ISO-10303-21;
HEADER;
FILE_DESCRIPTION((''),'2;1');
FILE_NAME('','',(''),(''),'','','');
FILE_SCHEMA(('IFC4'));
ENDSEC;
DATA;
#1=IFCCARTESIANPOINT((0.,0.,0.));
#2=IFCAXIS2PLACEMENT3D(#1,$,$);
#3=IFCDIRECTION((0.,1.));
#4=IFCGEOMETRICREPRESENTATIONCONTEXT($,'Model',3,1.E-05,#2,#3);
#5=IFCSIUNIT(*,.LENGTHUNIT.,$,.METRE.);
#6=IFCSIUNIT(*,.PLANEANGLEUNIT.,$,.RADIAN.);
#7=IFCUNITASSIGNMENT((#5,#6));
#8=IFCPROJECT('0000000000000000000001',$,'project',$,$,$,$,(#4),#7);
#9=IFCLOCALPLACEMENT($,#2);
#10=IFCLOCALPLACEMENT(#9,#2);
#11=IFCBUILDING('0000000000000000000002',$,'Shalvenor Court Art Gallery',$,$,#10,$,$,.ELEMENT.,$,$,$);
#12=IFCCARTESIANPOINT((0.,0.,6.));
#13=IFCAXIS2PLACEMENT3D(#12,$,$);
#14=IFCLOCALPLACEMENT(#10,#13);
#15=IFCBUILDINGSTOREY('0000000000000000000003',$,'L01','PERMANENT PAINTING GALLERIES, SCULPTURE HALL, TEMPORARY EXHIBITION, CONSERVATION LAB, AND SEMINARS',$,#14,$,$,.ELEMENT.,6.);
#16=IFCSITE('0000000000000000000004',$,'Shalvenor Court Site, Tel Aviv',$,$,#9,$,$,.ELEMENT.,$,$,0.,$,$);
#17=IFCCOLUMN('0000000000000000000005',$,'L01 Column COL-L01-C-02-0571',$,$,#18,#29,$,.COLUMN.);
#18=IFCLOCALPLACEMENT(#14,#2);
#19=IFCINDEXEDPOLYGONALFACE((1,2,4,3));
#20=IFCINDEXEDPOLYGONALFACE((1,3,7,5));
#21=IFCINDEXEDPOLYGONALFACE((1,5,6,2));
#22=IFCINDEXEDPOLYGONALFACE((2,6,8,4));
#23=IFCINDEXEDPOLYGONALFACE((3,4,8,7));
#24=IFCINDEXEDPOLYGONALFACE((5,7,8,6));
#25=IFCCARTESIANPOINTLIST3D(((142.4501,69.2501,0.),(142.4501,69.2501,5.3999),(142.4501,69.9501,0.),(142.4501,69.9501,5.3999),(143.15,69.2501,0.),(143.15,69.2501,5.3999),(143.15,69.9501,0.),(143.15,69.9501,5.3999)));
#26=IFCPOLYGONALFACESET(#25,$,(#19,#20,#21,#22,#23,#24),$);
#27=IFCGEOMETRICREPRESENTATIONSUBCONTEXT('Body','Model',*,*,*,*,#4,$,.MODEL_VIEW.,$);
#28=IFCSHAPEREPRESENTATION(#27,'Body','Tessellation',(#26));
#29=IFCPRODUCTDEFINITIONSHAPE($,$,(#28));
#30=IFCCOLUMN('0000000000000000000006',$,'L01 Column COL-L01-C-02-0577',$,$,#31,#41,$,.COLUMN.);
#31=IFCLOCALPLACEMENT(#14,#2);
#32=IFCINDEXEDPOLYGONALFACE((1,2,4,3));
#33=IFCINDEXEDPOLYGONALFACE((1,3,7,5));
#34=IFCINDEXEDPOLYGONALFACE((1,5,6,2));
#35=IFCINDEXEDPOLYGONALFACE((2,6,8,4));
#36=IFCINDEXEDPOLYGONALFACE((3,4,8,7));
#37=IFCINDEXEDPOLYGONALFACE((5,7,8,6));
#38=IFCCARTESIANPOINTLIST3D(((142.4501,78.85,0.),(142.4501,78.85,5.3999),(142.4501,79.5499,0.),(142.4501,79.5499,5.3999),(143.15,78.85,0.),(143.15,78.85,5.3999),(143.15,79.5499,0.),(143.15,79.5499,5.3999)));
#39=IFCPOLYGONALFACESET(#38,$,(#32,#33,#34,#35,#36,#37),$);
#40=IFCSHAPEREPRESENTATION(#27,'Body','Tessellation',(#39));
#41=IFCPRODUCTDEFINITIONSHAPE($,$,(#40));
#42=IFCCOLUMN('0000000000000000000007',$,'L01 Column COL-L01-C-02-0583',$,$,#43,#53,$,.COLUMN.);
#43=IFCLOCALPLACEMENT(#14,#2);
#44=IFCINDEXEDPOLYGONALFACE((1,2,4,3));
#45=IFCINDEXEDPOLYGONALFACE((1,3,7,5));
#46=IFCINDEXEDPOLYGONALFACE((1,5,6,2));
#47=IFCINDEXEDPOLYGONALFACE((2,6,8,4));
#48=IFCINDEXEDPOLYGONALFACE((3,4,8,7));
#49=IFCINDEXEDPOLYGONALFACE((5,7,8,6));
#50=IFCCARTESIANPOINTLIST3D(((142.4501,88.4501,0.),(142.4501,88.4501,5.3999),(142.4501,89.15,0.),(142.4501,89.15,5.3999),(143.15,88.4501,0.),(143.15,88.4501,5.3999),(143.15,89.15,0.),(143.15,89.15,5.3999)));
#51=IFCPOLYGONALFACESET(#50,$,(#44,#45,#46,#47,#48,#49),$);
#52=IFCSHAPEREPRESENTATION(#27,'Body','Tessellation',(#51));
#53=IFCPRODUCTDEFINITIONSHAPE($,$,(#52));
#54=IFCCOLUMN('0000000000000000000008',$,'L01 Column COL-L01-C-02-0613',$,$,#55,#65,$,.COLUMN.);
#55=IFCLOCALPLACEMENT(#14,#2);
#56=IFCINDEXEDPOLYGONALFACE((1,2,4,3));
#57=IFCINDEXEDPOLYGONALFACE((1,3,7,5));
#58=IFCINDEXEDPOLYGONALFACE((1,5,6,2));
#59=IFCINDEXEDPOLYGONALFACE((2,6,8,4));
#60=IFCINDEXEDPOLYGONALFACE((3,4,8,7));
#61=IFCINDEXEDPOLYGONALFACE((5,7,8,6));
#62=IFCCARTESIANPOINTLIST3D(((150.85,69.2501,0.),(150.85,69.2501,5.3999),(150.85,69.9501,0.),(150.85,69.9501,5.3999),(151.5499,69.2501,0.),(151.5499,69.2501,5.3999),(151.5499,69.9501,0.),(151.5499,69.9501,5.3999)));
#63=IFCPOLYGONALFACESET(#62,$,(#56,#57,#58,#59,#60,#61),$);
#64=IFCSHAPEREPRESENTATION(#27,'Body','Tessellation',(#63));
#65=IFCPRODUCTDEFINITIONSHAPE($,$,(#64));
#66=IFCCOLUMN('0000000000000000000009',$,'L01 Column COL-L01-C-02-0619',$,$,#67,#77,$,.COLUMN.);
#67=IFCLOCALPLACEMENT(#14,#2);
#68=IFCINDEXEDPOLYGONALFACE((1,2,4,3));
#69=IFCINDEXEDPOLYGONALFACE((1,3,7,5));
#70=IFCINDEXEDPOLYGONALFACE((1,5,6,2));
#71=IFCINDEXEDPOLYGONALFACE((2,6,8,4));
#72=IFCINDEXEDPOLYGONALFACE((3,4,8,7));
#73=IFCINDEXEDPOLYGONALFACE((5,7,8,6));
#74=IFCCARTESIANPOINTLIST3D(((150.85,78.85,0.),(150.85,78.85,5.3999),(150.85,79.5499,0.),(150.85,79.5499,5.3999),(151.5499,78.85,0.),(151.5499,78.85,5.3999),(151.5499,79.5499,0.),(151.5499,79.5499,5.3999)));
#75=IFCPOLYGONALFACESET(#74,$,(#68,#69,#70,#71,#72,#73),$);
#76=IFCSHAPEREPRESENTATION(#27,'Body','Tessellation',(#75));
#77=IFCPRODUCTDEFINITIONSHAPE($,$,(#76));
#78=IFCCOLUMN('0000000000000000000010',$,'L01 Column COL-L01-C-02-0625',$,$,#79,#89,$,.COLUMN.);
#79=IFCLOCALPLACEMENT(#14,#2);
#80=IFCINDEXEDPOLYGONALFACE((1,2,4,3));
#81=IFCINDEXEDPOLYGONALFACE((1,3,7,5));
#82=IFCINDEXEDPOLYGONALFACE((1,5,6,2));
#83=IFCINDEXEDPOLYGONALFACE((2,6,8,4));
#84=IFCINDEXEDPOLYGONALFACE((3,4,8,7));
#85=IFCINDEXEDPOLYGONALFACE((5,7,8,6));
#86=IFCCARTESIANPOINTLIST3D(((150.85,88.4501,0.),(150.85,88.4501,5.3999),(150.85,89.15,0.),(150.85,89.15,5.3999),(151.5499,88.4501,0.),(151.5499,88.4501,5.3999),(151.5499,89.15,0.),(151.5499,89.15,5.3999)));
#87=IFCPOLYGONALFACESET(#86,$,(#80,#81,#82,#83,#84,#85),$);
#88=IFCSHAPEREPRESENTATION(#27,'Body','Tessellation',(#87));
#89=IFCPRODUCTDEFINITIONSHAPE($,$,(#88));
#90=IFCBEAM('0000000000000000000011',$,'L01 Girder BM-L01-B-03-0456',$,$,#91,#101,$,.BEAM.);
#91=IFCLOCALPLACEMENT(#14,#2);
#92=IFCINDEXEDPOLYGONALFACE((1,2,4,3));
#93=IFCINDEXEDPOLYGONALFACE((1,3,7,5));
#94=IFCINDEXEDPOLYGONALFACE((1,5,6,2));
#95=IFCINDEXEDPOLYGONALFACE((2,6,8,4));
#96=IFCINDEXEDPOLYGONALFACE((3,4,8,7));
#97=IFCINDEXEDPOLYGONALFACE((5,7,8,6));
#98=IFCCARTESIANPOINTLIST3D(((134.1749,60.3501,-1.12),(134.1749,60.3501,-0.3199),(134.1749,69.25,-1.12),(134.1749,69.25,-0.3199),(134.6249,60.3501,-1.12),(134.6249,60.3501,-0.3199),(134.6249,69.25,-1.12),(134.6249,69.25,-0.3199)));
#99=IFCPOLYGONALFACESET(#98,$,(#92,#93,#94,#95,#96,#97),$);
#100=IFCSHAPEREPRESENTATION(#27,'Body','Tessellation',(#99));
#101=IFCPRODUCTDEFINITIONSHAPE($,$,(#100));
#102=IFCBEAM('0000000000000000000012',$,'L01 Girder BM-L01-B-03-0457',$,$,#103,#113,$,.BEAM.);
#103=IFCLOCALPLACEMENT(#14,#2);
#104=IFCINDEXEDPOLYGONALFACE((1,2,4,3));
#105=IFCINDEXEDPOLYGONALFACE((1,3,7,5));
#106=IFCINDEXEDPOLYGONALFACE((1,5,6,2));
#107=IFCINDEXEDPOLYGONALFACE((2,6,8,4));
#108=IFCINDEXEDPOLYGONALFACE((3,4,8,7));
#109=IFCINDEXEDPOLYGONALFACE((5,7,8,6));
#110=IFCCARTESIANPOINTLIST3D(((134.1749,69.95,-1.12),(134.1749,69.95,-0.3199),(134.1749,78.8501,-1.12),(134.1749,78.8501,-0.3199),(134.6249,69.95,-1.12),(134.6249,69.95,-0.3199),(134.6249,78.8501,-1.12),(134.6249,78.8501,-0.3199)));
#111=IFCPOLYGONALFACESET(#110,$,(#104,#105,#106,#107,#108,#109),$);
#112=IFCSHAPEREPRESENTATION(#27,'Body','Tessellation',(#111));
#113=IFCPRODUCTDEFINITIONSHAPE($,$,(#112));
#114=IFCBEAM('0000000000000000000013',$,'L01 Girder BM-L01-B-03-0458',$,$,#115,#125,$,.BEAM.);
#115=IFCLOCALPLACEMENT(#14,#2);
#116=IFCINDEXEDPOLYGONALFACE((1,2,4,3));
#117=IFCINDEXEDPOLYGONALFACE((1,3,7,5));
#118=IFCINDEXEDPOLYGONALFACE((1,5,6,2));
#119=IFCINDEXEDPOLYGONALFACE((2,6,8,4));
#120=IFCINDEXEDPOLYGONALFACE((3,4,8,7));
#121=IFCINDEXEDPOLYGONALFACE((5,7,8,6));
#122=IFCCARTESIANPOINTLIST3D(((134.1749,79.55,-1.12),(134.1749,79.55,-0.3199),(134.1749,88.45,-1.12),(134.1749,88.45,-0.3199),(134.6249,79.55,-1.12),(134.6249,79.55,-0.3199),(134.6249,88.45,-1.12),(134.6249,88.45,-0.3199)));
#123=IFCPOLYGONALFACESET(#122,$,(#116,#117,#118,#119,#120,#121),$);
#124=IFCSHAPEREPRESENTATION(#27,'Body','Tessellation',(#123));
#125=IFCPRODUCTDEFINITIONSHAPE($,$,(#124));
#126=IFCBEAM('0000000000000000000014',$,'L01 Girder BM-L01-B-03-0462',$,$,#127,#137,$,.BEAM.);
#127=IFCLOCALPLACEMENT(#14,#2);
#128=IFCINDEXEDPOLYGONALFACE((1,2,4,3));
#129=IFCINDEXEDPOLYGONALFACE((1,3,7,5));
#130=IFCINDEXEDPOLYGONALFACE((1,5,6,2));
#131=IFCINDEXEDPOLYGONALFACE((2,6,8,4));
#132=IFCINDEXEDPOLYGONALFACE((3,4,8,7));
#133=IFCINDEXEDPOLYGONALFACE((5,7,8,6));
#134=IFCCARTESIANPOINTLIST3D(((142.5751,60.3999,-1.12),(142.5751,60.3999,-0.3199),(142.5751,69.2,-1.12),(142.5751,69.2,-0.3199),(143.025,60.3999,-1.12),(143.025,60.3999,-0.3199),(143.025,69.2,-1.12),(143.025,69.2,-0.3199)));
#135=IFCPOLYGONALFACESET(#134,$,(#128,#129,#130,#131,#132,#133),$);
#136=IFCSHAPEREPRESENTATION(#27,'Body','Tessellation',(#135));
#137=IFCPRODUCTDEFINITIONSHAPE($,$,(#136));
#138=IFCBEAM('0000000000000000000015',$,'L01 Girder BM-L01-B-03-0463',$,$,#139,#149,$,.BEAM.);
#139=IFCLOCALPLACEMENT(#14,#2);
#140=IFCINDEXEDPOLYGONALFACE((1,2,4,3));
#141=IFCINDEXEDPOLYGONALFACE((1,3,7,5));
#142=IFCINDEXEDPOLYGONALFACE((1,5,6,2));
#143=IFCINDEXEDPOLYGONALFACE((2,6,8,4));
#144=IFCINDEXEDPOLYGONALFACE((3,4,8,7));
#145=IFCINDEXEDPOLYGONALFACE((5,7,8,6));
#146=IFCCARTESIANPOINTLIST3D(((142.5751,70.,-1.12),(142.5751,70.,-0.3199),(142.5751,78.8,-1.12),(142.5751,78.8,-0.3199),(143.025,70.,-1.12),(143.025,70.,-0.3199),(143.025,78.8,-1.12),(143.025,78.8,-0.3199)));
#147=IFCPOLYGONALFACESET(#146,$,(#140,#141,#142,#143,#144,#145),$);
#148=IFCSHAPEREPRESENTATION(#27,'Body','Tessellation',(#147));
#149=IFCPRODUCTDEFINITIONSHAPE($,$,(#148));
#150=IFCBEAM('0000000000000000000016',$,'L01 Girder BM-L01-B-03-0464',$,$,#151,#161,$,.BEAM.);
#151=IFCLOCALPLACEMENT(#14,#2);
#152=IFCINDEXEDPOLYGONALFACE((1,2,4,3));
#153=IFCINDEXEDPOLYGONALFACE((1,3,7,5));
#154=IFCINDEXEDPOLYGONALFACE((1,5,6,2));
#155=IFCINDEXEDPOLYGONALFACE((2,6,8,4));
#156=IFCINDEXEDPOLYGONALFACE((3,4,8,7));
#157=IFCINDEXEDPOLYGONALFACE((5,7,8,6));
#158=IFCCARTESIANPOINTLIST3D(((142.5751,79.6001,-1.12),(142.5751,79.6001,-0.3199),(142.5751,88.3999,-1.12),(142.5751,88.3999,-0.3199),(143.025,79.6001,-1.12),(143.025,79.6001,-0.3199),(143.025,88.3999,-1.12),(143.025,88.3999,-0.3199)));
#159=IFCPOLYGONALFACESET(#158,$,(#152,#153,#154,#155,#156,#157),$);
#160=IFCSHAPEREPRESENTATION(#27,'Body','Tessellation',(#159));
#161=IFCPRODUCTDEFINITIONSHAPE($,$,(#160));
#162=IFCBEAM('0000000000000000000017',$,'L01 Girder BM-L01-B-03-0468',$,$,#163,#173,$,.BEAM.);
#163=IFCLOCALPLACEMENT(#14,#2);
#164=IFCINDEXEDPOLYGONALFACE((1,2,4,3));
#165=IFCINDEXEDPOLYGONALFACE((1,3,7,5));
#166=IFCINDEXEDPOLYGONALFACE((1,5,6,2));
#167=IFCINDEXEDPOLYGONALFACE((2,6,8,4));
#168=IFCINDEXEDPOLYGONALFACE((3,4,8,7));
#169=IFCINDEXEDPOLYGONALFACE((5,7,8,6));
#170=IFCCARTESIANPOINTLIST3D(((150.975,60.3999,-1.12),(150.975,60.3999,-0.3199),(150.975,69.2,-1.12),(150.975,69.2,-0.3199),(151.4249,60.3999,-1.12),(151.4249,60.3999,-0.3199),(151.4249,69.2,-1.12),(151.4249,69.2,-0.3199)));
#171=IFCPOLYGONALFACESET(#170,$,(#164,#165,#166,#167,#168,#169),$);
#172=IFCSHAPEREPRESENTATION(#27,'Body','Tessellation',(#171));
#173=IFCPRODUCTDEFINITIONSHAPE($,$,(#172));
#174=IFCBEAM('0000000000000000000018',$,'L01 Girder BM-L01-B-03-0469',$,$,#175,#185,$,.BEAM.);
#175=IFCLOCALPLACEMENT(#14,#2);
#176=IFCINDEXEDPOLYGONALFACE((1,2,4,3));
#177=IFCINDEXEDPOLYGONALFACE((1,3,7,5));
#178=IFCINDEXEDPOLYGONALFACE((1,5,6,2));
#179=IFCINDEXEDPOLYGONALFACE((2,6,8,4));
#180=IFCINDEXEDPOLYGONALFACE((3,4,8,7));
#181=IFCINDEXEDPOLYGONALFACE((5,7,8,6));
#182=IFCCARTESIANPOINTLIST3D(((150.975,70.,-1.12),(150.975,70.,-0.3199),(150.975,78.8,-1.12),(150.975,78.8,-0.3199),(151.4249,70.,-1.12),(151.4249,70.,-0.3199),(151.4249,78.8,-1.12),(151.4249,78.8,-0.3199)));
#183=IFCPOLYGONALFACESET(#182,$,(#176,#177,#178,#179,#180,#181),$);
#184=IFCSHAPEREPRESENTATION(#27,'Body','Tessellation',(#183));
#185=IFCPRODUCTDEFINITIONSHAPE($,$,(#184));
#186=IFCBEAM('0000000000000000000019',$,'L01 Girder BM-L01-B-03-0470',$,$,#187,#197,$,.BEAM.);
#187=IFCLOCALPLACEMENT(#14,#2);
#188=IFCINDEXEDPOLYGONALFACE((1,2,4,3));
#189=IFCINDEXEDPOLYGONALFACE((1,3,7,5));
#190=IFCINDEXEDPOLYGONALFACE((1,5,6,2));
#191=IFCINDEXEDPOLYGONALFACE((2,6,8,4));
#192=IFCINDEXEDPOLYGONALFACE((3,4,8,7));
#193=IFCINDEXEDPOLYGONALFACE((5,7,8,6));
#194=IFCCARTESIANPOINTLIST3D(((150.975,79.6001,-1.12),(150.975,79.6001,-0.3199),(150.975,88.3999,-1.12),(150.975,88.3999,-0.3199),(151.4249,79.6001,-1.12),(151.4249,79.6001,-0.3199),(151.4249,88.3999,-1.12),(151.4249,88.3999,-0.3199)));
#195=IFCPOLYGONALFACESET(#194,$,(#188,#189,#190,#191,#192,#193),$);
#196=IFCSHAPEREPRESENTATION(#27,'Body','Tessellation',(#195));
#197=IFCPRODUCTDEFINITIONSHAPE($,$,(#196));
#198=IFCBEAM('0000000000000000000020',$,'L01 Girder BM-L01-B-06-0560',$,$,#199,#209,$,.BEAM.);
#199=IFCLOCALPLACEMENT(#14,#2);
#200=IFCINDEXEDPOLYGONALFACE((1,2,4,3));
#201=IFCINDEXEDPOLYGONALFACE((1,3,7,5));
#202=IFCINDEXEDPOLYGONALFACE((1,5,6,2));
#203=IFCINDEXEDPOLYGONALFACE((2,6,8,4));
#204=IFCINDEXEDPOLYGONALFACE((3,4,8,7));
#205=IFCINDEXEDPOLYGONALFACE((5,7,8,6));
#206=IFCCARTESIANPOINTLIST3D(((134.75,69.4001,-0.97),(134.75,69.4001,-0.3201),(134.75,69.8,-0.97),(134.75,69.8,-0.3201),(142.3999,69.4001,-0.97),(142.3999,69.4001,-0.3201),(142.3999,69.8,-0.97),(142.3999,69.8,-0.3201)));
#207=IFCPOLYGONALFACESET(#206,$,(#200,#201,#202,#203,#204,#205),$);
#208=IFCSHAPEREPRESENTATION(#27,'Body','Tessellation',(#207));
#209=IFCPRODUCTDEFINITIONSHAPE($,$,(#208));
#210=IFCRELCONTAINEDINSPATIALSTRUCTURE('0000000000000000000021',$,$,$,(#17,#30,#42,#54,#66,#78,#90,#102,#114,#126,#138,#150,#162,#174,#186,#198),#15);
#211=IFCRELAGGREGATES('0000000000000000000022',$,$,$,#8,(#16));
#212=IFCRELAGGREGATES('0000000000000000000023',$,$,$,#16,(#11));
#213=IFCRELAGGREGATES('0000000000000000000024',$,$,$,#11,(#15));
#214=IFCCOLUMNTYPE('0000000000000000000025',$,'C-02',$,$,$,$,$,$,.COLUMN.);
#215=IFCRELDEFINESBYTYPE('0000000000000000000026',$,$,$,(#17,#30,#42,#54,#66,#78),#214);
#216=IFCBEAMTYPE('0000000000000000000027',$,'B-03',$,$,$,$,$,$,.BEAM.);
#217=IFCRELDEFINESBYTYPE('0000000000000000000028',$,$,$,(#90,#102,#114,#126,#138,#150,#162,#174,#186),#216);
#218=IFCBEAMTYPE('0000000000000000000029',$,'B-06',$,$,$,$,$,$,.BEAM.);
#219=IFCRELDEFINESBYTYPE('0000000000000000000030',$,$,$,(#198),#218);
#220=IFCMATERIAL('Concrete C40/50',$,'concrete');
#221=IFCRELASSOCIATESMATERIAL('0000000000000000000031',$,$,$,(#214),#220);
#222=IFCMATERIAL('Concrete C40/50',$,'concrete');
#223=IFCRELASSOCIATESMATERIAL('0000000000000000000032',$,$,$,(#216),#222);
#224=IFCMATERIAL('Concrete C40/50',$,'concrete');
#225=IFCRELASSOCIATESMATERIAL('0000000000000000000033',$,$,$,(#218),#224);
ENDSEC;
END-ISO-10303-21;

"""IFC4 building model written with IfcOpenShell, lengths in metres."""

from ifc_helpers import new_model, si_unit, direction, frame, origin, origin_2d, place, context, subcontext, project, spatial, rectangle, extrude, material, material_profile, profile_set, type_object, element, save


model = new_model("IFC4")

# Units and contexts
model_context = context("Model", 3, precision=1e-05, world=origin(), true_north=direction((0.0, 1.0)))
body_context = subcontext(model_context, "Body", "Model", "MODEL_VIEW")
ifc_project = project(units=[si_unit("LENGTHUNIT", "METRE"), si_unit("PLANEANGLEUNIT", "RADIAN")], contexts=[model_context])

# Site, building, storey
site_placement = place(None, origin())
site = spatial("IfcSite", under=ifc_project, at=site_placement, Name="Shalvenor Court Site, Tel Aviv", CompositionType="ELEMENT", RefElevation=0.0)
building_placement = place(site_placement, origin())
building = spatial("IfcBuilding", under=site, at=building_placement, Name="Shalvenor Court Art Gallery", CompositionType="ELEMENT")
storey_placement = place(building_placement, frame((0.0, 0.0, 6.0)))
storey = spatial("IfcBuildingStorey", under=building, at=storey_placement, Name="L01", Description="PERMANENT PAINTING GALLERIES, SCULPTURE HALL, TEMPORARY EXHIBITION, CONSERVATION LAB, AND SEMINARS", CompositionType="ELEMENT", Elevation=6.0)

# Columns
ifc_material_1 = material(Name="Concrete C40/50", Category="concrete")
ifc_material_profile_1 = material_profile(ifc_material_1, rectangle(XDim=0.7, YDim=0.7, at=origin_2d()), Name="RC 700x700")
ifc_profile_set_1 = profile_set([ifc_material_profile_1], Name="Concrete C40/50")
column_type = type_object("IfcColumnType", Name="C-02", PredefinedType="COLUMN", material=ifc_profile_set_1)
for number, where, z_axis, x_axis, name in (
    (1, (142.8, 69.6001, 0.0), (0.0, 0.0, 1.0), (1.0, 0.0, 0.0), "L01 Column COL-L01-C-02-0571"),
    (2, (142.8, 79.2, 0.0), (0.0, 0.0, 1.0), (1.0, 0.0, 0.0), "L01 Column COL-L01-C-02-0577"),
    (3, (142.8, 88.8, 0.0), (0.0, 0.0, 1.0), (1.0, 0.0, 0.0), "L01 Column COL-L01-C-02-0583"),
    (4, (151.2, 69.6001, 0.0), (0.0, 0.0, 1.0), (1.0, 0.0, 0.0), "L01 Column COL-L01-C-02-0613"),
    (5, (151.2, 79.2, 0.0), (0.0, 0.0, 1.0), (1.0, 0.0, 0.0), "L01 Column COL-L01-C-02-0619"),
    (6, (151.2, 88.8, 0.0), (0.0, 0.0, 1.0), (1.0, 0.0, 0.0), "L01 Column COL-L01-C-02-0625"),
):
    element("IfcColumn", number, at=place(storey_placement, frame(where, z_axis=z_axis, x_axis=x_axis)), inside=storey, type_object=column_type, Name=name, PredefinedType="COLUMN", context=body_context, shape_type="SweptSolid", body=[
        extrude(rectangle(XDim=0.7, YDim=0.7, at=origin_2d()), origin(), (0.0, 0.0, 1.0), 5.3999),
    ])

# Beams
ifc_material_2 = material(Name="Concrete C40/50", Category="concrete")
ifc_material_profile_2 = material_profile(ifc_material_2, rectangle(XDim=0.45, YDim=0.8, at=origin_2d()), Name="RC 450x800")
ifc_profile_set_2 = profile_set([ifc_material_profile_2], Name="Concrete C40/50")
beam_type_1 = type_object("IfcBeamType", Name="B-03", PredefinedType="BEAM", material=ifc_profile_set_2)
beam_1_placement = place(storey_placement, frame((134.3999, 60.3501, -0.72), z_axis=(0.0, 1.0, 0.0), x_axis=(-1.0, 0.0, 0.0)))
element("IfcBeam", 7, at=beam_1_placement, inside=storey, type_object=beam_type_1, Name="L01 Girder BM-L01-B-03-0456", PredefinedType="BEAM", context=body_context, shape_type="SweptSolid", body=[
    extrude(rectangle(XDim=0.45, YDim=0.8, at=origin_2d()), origin(), (0.0, 0.0, 1.0), 8.8999),
])
beam_2_placement = place(storey_placement, frame((134.3999, 69.95, -0.72), z_axis=(0.0, 1.0, 0.0), x_axis=(-1.0, 0.0, 0.0)))
element("IfcBeam", 8, at=beam_2_placement, inside=storey, type_object=beam_type_1, Name="L01 Girder BM-L01-B-03-0457", PredefinedType="BEAM", context=body_context, shape_type="SweptSolid", body=[
    extrude(rectangle(XDim=0.45, YDim=0.8, at=origin_2d()), origin(), (0.0, 0.0, 1.0), 8.9001),
])
beam_3_placement = place(storey_placement, frame((134.3999, 79.55, -0.72), z_axis=(0.0, 1.0, 0.0), x_axis=(-1.0, 0.0, 0.0)))
element("IfcBeam", 9, at=beam_3_placement, inside=storey, type_object=beam_type_1, Name="L01 Girder BM-L01-B-03-0458", PredefinedType="BEAM", context=body_context, shape_type="SweptSolid", body=[
    extrude(rectangle(XDim=0.45, YDim=0.8, at=origin_2d()), origin(), (0.0, 0.0, 1.0), 8.8999),
])
for number, where, z_axis, x_axis, name in (
    (10, (142.8, 60.3999, -0.72), (0.0, 1.0, 0.0), (-1.0, 0.0, 0.0), "L01 Girder BM-L01-B-03-0462"),
    (11, (142.8, 70.0, -0.72), (0.0, 1.0, 0.0), (-1.0, 0.0, 0.0), "L01 Girder BM-L01-B-03-0463"),
):
    element("IfcBeam", number, at=place(storey_placement, frame(where, z_axis=z_axis, x_axis=x_axis)), inside=storey, type_object=beam_type_1, Name=name, PredefinedType="BEAM", context=body_context, shape_type="SweptSolid", body=[
        extrude(rectangle(XDim=0.45, YDim=0.8, at=origin_2d()), origin(), (0.0, 0.0, 1.0), 8.8),
    ])
beam_4_placement = place(storey_placement, frame((142.8, 79.6001, -0.72), z_axis=(0.0, 1.0, 0.0), x_axis=(-1.0, 0.0, 0.0)))
element("IfcBeam", 12, at=beam_4_placement, inside=storey, type_object=beam_type_1, Name="L01 Girder BM-L01-B-03-0464", PredefinedType="BEAM", context=body_context, shape_type="SweptSolid", body=[
    extrude(rectangle(XDim=0.45, YDim=0.8, at=origin_2d()), origin(), (0.0, 0.0, 1.0), 8.7998),
])
for number, where, z_axis, x_axis, name in (
    (13, (151.2, 60.3999, -0.72), (0.0, 1.0, 0.0), (-1.0, 0.0, 0.0), "L01 Girder BM-L01-B-03-0468"),
    (14, (151.2, 70.0, -0.72), (0.0, 1.0, 0.0), (-1.0, 0.0, 0.0), "L01 Girder BM-L01-B-03-0469"),
):
    element("IfcBeam", number, at=place(storey_placement, frame(where, z_axis=z_axis, x_axis=x_axis)), inside=storey, type_object=beam_type_1, Name=name, PredefinedType="BEAM", context=body_context, shape_type="SweptSolid", body=[
        extrude(rectangle(XDim=0.45, YDim=0.8, at=origin_2d()), origin(), (0.0, 0.0, 1.0), 8.8),
    ])
beam_5_placement = place(storey_placement, frame((151.2, 79.6001, -0.72), z_axis=(0.0, 1.0, 0.0), x_axis=(-1.0, 0.0, 0.0)))
element("IfcBeam", 15, at=beam_5_placement, inside=storey, type_object=beam_type_1, Name="L01 Girder BM-L01-B-03-0470", PredefinedType="BEAM", context=body_context, shape_type="SweptSolid", body=[
    extrude(rectangle(XDim=0.45, YDim=0.8, at=origin_2d()), origin(), (0.0, 0.0, 1.0), 8.7998),
])
ifc_material_3 = material(Name="Concrete C40/50", Category="concrete")
ifc_material_profile_3 = material_profile(ifc_material_3, rectangle(XDim=0.3999, YDim=0.6499, at=origin_2d()), Name="RC 400x650")
ifc_profile_set_3 = profile_set([ifc_material_profile_3], Name="Concrete C40/50")
beam_type_2 = type_object("IfcBeamType", Name="B-06", PredefinedType="BEAM", material=ifc_profile_set_3)
beam_6_placement = place(storey_placement, frame((134.75, 69.6001, -0.645), z_axis=(1.0, 0.0, 0.0), x_axis=(0.0, 1.0, 0.0)))
element("IfcBeam", 16, at=beam_6_placement, inside=storey, type_object=beam_type_2, Name="L01 Girder BM-L01-B-06-0560", PredefinedType="BEAM", context=body_context, shape_type="SweptSolid", body=[
    extrude(rectangle(XDim=0.3999, YDim=0.6499, at=origin_2d()), origin(), (0.0, 0.0, 1.0), 7.6499),
])

save(model, "model.ifc")
